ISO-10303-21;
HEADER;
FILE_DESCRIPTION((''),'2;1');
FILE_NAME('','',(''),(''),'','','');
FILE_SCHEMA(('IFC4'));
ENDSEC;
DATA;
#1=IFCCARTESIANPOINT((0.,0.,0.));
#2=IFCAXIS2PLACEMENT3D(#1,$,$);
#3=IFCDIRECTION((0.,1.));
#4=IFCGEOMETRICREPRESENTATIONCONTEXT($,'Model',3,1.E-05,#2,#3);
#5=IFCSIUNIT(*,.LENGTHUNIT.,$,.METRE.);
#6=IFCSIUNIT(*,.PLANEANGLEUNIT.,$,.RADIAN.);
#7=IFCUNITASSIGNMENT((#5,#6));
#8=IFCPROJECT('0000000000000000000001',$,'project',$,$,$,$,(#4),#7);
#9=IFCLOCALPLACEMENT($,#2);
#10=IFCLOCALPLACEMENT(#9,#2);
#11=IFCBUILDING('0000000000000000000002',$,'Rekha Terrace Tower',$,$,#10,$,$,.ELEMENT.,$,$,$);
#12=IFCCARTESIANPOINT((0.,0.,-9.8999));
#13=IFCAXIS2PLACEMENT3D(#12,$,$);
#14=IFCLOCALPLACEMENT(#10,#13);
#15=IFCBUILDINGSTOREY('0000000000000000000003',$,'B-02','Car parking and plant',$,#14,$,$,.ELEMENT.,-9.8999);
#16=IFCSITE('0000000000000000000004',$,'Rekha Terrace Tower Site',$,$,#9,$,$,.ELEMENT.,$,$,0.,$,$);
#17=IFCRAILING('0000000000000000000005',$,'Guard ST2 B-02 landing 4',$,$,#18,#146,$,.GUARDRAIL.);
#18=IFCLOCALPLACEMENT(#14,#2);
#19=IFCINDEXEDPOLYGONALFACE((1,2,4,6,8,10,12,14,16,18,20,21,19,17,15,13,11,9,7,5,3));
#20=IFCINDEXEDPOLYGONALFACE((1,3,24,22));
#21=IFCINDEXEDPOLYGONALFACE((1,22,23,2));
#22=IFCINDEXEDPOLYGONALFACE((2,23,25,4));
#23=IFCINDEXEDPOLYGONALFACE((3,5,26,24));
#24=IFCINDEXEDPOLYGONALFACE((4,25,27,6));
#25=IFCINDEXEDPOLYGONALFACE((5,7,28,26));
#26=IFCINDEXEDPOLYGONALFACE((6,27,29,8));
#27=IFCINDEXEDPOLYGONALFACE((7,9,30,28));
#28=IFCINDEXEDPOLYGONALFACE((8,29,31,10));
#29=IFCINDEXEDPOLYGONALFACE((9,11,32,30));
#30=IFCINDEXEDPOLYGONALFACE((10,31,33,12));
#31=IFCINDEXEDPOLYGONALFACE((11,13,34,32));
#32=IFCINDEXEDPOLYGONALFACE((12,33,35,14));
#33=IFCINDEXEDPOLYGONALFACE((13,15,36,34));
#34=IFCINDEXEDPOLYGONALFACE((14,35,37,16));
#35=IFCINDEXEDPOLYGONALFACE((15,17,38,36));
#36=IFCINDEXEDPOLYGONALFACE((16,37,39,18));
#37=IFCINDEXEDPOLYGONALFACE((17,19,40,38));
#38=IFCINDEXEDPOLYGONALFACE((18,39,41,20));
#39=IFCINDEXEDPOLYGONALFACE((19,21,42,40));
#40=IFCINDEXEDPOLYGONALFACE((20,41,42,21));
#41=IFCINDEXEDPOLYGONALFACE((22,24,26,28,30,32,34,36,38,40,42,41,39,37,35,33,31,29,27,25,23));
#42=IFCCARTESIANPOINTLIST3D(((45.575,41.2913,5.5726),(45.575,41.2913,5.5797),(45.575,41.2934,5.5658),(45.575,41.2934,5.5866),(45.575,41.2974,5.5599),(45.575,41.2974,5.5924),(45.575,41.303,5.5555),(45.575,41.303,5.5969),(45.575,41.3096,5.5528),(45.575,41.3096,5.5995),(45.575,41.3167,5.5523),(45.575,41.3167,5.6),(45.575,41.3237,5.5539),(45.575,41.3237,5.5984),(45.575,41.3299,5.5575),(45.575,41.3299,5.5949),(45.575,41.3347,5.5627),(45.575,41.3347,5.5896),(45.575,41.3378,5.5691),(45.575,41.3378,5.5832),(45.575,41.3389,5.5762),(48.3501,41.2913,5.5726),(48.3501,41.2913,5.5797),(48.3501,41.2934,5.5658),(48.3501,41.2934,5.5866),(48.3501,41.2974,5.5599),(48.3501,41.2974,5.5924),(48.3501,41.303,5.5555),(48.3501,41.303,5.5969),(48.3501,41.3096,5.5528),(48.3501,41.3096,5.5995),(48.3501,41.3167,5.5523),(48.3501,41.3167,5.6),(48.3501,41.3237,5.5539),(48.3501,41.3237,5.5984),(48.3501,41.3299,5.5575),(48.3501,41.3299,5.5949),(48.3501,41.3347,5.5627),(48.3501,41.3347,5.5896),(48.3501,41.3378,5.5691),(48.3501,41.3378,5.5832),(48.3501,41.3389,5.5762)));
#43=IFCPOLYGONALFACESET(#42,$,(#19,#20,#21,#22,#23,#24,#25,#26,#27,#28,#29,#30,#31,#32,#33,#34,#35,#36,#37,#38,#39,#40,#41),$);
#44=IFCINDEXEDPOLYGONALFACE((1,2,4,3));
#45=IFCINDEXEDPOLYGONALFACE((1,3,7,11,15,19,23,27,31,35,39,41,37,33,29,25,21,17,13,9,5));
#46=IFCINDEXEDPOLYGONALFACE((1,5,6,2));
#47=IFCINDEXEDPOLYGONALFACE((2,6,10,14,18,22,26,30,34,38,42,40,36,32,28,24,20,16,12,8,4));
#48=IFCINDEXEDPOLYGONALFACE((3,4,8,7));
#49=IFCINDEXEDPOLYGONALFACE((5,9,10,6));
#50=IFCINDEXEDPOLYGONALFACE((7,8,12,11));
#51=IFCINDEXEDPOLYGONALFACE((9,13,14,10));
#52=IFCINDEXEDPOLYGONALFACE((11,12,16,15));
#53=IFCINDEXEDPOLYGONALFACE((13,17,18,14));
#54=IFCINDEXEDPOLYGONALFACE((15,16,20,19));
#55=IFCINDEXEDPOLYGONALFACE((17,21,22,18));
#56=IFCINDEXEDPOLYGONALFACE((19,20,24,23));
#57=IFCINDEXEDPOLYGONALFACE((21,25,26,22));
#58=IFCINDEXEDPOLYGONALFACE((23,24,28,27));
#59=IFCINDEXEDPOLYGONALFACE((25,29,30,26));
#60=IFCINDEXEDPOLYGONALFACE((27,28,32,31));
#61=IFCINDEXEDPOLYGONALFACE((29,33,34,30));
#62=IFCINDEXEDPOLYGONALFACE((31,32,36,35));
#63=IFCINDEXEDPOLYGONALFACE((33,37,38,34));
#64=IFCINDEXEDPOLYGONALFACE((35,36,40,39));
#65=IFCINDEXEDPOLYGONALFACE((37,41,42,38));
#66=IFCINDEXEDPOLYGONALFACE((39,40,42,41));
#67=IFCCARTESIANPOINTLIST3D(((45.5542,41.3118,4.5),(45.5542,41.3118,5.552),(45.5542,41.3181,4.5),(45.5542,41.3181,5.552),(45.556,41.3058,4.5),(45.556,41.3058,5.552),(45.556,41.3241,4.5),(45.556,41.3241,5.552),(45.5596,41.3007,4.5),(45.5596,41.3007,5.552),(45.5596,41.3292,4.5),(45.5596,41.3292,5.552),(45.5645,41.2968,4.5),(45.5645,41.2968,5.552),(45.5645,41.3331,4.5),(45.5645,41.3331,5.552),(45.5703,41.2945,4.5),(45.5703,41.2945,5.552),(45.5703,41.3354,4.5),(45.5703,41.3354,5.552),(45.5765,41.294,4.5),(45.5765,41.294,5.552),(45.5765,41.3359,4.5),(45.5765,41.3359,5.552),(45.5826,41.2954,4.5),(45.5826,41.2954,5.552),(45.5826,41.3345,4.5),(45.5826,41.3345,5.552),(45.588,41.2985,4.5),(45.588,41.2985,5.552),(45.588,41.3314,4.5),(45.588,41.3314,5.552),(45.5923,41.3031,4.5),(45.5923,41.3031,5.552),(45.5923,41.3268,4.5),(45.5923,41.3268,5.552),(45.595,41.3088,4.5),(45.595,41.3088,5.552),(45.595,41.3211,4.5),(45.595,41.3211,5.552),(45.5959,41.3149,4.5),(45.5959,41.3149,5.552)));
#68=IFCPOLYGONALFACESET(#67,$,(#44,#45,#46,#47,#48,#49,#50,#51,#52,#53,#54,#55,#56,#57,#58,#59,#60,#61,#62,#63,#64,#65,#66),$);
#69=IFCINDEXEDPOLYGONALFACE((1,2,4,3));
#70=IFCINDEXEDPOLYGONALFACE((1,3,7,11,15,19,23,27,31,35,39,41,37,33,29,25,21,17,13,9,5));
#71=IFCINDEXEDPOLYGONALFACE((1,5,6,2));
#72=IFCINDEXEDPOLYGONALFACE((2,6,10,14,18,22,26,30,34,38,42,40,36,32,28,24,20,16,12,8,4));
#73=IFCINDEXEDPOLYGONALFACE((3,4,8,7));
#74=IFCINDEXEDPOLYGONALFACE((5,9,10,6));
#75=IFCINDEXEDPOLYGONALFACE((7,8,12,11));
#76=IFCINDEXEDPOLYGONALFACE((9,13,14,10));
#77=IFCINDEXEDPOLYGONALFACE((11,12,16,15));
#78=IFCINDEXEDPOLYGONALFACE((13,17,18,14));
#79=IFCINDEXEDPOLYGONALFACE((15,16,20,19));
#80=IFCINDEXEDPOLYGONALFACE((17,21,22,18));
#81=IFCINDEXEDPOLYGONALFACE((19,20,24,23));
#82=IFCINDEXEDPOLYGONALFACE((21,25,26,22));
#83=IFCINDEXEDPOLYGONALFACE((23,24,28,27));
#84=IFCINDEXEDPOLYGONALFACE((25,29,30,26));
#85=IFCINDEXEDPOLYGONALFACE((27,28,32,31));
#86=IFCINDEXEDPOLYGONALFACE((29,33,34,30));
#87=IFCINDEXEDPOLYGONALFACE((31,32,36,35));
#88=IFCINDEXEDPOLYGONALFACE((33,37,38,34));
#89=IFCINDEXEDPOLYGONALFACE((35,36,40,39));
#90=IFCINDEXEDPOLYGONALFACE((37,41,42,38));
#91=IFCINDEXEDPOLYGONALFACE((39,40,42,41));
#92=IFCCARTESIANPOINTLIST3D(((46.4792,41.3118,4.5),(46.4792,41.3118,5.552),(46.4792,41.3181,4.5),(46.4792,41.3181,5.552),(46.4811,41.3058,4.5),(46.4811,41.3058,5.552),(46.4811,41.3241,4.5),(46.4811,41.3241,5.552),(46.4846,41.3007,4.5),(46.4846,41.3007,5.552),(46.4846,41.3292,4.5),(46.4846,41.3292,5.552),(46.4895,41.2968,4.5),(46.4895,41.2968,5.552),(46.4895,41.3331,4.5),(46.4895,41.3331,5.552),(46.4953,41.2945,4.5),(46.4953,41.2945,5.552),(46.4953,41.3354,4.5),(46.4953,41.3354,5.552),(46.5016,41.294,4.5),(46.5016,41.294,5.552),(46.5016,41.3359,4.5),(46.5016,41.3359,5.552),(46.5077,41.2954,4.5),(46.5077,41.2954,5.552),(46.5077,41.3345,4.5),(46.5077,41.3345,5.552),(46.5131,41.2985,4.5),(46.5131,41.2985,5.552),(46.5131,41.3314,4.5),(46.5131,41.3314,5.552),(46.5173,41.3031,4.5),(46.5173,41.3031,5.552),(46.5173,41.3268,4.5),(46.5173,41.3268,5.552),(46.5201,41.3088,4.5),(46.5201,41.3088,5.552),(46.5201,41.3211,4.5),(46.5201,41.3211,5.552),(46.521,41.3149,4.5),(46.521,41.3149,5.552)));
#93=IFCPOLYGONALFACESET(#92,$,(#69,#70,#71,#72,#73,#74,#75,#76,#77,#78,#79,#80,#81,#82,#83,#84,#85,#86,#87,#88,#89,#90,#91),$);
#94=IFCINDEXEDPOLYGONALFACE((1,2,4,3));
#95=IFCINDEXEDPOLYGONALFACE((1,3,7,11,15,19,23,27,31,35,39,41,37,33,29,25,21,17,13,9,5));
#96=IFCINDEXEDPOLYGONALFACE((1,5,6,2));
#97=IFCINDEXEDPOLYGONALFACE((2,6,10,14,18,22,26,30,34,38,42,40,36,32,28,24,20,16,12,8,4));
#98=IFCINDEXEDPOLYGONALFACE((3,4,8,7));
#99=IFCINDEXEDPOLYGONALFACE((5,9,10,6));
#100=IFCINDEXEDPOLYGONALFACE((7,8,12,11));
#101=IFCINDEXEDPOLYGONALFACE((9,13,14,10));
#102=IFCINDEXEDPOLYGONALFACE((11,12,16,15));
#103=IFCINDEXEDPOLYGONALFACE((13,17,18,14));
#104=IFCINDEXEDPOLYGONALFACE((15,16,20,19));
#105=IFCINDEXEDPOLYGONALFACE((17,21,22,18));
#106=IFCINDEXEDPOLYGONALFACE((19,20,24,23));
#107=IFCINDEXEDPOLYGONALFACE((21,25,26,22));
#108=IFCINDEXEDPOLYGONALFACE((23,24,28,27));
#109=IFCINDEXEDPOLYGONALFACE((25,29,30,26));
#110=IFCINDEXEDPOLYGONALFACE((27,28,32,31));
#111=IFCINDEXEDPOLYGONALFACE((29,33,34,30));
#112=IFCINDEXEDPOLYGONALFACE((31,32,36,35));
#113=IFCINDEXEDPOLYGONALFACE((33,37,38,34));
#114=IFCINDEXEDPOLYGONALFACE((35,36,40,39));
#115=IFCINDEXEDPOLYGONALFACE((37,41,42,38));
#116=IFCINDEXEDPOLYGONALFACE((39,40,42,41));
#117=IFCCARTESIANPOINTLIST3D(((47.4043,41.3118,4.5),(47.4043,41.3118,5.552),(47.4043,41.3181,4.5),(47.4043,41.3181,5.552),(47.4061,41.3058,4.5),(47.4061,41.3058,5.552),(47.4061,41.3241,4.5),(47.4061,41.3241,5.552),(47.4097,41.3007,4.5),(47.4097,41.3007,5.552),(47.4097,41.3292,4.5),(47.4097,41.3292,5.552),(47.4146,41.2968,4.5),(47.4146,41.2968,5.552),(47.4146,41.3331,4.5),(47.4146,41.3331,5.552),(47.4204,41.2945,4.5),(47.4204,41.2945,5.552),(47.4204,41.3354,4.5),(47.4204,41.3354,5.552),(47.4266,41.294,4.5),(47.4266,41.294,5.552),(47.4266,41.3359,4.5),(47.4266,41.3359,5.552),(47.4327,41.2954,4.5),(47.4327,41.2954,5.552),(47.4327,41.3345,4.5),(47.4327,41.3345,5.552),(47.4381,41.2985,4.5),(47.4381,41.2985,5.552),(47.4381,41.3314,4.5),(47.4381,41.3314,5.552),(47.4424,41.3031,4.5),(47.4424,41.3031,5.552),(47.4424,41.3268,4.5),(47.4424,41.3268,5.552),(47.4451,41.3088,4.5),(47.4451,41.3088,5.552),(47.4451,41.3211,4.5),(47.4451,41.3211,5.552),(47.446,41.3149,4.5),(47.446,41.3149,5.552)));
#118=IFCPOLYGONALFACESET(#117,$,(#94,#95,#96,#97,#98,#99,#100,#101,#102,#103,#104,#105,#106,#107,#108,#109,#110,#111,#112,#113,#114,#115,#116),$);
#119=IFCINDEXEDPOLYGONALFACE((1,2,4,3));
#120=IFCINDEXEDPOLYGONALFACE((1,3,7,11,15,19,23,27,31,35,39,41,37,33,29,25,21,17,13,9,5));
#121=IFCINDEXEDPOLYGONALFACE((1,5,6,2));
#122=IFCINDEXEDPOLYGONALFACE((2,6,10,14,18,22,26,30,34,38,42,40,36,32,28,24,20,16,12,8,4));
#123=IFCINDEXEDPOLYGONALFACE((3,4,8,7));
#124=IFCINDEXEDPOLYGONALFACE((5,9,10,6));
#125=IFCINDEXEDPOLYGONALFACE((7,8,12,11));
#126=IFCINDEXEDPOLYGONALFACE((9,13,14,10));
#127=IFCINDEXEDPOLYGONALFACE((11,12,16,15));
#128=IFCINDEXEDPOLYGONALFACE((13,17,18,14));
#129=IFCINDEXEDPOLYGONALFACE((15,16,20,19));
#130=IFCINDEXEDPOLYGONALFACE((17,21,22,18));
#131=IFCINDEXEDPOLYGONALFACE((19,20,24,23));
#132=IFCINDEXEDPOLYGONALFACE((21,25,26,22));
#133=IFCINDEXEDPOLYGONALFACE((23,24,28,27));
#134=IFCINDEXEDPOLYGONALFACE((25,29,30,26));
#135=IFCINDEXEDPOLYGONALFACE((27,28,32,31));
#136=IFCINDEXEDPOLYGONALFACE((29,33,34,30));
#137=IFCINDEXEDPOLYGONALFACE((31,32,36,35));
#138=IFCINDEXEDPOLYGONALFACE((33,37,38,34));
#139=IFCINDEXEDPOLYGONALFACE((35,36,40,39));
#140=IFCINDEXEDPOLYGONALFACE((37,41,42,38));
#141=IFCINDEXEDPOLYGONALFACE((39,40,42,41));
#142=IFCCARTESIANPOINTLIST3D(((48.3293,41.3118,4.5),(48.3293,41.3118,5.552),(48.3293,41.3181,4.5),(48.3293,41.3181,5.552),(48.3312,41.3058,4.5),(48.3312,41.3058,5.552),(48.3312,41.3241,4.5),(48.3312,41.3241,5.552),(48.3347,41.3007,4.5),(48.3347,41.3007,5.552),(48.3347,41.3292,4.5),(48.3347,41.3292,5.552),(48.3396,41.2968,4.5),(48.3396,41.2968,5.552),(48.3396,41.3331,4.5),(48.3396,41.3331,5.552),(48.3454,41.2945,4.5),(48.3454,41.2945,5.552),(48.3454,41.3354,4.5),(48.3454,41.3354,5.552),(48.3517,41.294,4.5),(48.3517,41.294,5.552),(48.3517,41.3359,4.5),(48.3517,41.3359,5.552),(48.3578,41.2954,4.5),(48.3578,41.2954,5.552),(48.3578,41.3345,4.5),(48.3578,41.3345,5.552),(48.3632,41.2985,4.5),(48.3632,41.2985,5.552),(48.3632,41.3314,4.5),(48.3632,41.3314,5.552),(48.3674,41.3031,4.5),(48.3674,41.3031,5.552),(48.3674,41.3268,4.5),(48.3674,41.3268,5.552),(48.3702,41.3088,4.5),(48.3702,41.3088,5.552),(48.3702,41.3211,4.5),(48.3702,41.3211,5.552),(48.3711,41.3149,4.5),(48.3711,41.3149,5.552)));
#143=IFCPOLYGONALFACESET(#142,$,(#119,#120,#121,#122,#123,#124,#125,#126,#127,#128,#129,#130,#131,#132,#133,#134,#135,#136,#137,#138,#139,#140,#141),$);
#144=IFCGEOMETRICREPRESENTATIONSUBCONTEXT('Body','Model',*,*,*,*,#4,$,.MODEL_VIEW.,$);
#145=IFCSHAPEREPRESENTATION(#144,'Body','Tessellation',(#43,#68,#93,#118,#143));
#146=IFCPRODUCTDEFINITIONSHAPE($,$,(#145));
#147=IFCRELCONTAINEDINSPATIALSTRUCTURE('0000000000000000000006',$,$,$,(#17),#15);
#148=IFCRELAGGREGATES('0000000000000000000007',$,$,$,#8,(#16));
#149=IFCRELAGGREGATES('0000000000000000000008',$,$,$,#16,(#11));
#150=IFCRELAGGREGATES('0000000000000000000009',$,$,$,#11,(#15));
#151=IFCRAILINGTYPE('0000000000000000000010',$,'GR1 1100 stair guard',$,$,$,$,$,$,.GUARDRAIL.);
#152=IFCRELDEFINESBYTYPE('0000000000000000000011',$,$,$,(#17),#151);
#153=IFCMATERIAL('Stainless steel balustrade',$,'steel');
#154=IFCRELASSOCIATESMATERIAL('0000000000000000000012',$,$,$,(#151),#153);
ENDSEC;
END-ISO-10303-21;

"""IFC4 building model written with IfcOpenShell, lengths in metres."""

from ifc_helpers import new_model, si_unit, direction, frame, origin, origin_2d, place, context, subcontext, project, spatial, circle, extrude, material, type_object, element, save


model = new_model("IFC4")

# Units and contexts
model_context = context("Model", 3, precision=1e-05, world=origin(), true_north=direction((0.0, 1.0)))
body_context = subcontext(model_context, "Body", "Model", "MODEL_VIEW")
ifc_project = project(units=[si_unit("LENGTHUNIT", "METRE"), si_unit("PLANEANGLEUNIT", "RADIAN")], contexts=[model_context])

# Site, building, storey
site_placement = place(None, origin())
site = spatial("IfcSite", under=ifc_project, at=site_placement, Name="Rekha Terrace Tower Site", CompositionType="ELEMENT", RefElevation=0.0)
building_placement = place(site_placement, origin())
building = spatial("IfcBuilding", under=site, at=building_placement, Name="Rekha Terrace Tower", CompositionType="ELEMENT")
storey_placement = place(building_placement, frame((0.0, 0.0, -9.8999)))
storey = spatial("IfcBuildingStorey", under=building, at=storey_placement, Name="B-02", Description="Car parking and plant", CompositionType="ELEMENT", Elevation=-9.8999)

# Railing
ifc_material_1 = material(Name="Stainless steel balustrade", Category="steel")
railing_type_1 = type_object("IfcRailingType", Name="GR1 1100 stair guard", PredefinedType="GUARDRAIL", material=ifc_material_1)
railing_1_placement = place(storey_placement, frame((45.575, 41.3149, 4.5)))
element("IfcRailing", 1, at=railing_1_placement, inside=storey, type_object=railing_type_1, Name="Guard ST2 B-02 landing 4", PredefinedType="GUARDRAIL", context=body_context, shape_type="SweptSolid", body=[
    extrude(circle(Radius=0.0239, at=origin_2d()), frame((0.0, 0.0, 1.0762), z_axis=(1.0, 0.0, 0.0), x_axis=(0.0, 1.0, 0.0)), (0.0, 0.0, 1.0), 2.7751),
    extrude(circle(Radius=0.021, at=origin_2d()), origin(), (0.0, 0.0, 1.0), 1.052),
    extrude(circle(Radius=0.021, at=origin_2d()), frame((0.925, 0.0, 0.0)), (0.0, 0.0, 1.0), 1.052),
    extrude(circle(Radius=0.021, at=origin_2d()), frame((1.8501, 0.0, 0.0)), (0.0, 0.0, 1.0), 1.052),
    extrude(circle(Radius=0.021, at=origin_2d()), frame((2.7751, 0.0, 0.0)), (0.0, 0.0, 1.0), 1.052),
])

save(model, "model.ifc")
